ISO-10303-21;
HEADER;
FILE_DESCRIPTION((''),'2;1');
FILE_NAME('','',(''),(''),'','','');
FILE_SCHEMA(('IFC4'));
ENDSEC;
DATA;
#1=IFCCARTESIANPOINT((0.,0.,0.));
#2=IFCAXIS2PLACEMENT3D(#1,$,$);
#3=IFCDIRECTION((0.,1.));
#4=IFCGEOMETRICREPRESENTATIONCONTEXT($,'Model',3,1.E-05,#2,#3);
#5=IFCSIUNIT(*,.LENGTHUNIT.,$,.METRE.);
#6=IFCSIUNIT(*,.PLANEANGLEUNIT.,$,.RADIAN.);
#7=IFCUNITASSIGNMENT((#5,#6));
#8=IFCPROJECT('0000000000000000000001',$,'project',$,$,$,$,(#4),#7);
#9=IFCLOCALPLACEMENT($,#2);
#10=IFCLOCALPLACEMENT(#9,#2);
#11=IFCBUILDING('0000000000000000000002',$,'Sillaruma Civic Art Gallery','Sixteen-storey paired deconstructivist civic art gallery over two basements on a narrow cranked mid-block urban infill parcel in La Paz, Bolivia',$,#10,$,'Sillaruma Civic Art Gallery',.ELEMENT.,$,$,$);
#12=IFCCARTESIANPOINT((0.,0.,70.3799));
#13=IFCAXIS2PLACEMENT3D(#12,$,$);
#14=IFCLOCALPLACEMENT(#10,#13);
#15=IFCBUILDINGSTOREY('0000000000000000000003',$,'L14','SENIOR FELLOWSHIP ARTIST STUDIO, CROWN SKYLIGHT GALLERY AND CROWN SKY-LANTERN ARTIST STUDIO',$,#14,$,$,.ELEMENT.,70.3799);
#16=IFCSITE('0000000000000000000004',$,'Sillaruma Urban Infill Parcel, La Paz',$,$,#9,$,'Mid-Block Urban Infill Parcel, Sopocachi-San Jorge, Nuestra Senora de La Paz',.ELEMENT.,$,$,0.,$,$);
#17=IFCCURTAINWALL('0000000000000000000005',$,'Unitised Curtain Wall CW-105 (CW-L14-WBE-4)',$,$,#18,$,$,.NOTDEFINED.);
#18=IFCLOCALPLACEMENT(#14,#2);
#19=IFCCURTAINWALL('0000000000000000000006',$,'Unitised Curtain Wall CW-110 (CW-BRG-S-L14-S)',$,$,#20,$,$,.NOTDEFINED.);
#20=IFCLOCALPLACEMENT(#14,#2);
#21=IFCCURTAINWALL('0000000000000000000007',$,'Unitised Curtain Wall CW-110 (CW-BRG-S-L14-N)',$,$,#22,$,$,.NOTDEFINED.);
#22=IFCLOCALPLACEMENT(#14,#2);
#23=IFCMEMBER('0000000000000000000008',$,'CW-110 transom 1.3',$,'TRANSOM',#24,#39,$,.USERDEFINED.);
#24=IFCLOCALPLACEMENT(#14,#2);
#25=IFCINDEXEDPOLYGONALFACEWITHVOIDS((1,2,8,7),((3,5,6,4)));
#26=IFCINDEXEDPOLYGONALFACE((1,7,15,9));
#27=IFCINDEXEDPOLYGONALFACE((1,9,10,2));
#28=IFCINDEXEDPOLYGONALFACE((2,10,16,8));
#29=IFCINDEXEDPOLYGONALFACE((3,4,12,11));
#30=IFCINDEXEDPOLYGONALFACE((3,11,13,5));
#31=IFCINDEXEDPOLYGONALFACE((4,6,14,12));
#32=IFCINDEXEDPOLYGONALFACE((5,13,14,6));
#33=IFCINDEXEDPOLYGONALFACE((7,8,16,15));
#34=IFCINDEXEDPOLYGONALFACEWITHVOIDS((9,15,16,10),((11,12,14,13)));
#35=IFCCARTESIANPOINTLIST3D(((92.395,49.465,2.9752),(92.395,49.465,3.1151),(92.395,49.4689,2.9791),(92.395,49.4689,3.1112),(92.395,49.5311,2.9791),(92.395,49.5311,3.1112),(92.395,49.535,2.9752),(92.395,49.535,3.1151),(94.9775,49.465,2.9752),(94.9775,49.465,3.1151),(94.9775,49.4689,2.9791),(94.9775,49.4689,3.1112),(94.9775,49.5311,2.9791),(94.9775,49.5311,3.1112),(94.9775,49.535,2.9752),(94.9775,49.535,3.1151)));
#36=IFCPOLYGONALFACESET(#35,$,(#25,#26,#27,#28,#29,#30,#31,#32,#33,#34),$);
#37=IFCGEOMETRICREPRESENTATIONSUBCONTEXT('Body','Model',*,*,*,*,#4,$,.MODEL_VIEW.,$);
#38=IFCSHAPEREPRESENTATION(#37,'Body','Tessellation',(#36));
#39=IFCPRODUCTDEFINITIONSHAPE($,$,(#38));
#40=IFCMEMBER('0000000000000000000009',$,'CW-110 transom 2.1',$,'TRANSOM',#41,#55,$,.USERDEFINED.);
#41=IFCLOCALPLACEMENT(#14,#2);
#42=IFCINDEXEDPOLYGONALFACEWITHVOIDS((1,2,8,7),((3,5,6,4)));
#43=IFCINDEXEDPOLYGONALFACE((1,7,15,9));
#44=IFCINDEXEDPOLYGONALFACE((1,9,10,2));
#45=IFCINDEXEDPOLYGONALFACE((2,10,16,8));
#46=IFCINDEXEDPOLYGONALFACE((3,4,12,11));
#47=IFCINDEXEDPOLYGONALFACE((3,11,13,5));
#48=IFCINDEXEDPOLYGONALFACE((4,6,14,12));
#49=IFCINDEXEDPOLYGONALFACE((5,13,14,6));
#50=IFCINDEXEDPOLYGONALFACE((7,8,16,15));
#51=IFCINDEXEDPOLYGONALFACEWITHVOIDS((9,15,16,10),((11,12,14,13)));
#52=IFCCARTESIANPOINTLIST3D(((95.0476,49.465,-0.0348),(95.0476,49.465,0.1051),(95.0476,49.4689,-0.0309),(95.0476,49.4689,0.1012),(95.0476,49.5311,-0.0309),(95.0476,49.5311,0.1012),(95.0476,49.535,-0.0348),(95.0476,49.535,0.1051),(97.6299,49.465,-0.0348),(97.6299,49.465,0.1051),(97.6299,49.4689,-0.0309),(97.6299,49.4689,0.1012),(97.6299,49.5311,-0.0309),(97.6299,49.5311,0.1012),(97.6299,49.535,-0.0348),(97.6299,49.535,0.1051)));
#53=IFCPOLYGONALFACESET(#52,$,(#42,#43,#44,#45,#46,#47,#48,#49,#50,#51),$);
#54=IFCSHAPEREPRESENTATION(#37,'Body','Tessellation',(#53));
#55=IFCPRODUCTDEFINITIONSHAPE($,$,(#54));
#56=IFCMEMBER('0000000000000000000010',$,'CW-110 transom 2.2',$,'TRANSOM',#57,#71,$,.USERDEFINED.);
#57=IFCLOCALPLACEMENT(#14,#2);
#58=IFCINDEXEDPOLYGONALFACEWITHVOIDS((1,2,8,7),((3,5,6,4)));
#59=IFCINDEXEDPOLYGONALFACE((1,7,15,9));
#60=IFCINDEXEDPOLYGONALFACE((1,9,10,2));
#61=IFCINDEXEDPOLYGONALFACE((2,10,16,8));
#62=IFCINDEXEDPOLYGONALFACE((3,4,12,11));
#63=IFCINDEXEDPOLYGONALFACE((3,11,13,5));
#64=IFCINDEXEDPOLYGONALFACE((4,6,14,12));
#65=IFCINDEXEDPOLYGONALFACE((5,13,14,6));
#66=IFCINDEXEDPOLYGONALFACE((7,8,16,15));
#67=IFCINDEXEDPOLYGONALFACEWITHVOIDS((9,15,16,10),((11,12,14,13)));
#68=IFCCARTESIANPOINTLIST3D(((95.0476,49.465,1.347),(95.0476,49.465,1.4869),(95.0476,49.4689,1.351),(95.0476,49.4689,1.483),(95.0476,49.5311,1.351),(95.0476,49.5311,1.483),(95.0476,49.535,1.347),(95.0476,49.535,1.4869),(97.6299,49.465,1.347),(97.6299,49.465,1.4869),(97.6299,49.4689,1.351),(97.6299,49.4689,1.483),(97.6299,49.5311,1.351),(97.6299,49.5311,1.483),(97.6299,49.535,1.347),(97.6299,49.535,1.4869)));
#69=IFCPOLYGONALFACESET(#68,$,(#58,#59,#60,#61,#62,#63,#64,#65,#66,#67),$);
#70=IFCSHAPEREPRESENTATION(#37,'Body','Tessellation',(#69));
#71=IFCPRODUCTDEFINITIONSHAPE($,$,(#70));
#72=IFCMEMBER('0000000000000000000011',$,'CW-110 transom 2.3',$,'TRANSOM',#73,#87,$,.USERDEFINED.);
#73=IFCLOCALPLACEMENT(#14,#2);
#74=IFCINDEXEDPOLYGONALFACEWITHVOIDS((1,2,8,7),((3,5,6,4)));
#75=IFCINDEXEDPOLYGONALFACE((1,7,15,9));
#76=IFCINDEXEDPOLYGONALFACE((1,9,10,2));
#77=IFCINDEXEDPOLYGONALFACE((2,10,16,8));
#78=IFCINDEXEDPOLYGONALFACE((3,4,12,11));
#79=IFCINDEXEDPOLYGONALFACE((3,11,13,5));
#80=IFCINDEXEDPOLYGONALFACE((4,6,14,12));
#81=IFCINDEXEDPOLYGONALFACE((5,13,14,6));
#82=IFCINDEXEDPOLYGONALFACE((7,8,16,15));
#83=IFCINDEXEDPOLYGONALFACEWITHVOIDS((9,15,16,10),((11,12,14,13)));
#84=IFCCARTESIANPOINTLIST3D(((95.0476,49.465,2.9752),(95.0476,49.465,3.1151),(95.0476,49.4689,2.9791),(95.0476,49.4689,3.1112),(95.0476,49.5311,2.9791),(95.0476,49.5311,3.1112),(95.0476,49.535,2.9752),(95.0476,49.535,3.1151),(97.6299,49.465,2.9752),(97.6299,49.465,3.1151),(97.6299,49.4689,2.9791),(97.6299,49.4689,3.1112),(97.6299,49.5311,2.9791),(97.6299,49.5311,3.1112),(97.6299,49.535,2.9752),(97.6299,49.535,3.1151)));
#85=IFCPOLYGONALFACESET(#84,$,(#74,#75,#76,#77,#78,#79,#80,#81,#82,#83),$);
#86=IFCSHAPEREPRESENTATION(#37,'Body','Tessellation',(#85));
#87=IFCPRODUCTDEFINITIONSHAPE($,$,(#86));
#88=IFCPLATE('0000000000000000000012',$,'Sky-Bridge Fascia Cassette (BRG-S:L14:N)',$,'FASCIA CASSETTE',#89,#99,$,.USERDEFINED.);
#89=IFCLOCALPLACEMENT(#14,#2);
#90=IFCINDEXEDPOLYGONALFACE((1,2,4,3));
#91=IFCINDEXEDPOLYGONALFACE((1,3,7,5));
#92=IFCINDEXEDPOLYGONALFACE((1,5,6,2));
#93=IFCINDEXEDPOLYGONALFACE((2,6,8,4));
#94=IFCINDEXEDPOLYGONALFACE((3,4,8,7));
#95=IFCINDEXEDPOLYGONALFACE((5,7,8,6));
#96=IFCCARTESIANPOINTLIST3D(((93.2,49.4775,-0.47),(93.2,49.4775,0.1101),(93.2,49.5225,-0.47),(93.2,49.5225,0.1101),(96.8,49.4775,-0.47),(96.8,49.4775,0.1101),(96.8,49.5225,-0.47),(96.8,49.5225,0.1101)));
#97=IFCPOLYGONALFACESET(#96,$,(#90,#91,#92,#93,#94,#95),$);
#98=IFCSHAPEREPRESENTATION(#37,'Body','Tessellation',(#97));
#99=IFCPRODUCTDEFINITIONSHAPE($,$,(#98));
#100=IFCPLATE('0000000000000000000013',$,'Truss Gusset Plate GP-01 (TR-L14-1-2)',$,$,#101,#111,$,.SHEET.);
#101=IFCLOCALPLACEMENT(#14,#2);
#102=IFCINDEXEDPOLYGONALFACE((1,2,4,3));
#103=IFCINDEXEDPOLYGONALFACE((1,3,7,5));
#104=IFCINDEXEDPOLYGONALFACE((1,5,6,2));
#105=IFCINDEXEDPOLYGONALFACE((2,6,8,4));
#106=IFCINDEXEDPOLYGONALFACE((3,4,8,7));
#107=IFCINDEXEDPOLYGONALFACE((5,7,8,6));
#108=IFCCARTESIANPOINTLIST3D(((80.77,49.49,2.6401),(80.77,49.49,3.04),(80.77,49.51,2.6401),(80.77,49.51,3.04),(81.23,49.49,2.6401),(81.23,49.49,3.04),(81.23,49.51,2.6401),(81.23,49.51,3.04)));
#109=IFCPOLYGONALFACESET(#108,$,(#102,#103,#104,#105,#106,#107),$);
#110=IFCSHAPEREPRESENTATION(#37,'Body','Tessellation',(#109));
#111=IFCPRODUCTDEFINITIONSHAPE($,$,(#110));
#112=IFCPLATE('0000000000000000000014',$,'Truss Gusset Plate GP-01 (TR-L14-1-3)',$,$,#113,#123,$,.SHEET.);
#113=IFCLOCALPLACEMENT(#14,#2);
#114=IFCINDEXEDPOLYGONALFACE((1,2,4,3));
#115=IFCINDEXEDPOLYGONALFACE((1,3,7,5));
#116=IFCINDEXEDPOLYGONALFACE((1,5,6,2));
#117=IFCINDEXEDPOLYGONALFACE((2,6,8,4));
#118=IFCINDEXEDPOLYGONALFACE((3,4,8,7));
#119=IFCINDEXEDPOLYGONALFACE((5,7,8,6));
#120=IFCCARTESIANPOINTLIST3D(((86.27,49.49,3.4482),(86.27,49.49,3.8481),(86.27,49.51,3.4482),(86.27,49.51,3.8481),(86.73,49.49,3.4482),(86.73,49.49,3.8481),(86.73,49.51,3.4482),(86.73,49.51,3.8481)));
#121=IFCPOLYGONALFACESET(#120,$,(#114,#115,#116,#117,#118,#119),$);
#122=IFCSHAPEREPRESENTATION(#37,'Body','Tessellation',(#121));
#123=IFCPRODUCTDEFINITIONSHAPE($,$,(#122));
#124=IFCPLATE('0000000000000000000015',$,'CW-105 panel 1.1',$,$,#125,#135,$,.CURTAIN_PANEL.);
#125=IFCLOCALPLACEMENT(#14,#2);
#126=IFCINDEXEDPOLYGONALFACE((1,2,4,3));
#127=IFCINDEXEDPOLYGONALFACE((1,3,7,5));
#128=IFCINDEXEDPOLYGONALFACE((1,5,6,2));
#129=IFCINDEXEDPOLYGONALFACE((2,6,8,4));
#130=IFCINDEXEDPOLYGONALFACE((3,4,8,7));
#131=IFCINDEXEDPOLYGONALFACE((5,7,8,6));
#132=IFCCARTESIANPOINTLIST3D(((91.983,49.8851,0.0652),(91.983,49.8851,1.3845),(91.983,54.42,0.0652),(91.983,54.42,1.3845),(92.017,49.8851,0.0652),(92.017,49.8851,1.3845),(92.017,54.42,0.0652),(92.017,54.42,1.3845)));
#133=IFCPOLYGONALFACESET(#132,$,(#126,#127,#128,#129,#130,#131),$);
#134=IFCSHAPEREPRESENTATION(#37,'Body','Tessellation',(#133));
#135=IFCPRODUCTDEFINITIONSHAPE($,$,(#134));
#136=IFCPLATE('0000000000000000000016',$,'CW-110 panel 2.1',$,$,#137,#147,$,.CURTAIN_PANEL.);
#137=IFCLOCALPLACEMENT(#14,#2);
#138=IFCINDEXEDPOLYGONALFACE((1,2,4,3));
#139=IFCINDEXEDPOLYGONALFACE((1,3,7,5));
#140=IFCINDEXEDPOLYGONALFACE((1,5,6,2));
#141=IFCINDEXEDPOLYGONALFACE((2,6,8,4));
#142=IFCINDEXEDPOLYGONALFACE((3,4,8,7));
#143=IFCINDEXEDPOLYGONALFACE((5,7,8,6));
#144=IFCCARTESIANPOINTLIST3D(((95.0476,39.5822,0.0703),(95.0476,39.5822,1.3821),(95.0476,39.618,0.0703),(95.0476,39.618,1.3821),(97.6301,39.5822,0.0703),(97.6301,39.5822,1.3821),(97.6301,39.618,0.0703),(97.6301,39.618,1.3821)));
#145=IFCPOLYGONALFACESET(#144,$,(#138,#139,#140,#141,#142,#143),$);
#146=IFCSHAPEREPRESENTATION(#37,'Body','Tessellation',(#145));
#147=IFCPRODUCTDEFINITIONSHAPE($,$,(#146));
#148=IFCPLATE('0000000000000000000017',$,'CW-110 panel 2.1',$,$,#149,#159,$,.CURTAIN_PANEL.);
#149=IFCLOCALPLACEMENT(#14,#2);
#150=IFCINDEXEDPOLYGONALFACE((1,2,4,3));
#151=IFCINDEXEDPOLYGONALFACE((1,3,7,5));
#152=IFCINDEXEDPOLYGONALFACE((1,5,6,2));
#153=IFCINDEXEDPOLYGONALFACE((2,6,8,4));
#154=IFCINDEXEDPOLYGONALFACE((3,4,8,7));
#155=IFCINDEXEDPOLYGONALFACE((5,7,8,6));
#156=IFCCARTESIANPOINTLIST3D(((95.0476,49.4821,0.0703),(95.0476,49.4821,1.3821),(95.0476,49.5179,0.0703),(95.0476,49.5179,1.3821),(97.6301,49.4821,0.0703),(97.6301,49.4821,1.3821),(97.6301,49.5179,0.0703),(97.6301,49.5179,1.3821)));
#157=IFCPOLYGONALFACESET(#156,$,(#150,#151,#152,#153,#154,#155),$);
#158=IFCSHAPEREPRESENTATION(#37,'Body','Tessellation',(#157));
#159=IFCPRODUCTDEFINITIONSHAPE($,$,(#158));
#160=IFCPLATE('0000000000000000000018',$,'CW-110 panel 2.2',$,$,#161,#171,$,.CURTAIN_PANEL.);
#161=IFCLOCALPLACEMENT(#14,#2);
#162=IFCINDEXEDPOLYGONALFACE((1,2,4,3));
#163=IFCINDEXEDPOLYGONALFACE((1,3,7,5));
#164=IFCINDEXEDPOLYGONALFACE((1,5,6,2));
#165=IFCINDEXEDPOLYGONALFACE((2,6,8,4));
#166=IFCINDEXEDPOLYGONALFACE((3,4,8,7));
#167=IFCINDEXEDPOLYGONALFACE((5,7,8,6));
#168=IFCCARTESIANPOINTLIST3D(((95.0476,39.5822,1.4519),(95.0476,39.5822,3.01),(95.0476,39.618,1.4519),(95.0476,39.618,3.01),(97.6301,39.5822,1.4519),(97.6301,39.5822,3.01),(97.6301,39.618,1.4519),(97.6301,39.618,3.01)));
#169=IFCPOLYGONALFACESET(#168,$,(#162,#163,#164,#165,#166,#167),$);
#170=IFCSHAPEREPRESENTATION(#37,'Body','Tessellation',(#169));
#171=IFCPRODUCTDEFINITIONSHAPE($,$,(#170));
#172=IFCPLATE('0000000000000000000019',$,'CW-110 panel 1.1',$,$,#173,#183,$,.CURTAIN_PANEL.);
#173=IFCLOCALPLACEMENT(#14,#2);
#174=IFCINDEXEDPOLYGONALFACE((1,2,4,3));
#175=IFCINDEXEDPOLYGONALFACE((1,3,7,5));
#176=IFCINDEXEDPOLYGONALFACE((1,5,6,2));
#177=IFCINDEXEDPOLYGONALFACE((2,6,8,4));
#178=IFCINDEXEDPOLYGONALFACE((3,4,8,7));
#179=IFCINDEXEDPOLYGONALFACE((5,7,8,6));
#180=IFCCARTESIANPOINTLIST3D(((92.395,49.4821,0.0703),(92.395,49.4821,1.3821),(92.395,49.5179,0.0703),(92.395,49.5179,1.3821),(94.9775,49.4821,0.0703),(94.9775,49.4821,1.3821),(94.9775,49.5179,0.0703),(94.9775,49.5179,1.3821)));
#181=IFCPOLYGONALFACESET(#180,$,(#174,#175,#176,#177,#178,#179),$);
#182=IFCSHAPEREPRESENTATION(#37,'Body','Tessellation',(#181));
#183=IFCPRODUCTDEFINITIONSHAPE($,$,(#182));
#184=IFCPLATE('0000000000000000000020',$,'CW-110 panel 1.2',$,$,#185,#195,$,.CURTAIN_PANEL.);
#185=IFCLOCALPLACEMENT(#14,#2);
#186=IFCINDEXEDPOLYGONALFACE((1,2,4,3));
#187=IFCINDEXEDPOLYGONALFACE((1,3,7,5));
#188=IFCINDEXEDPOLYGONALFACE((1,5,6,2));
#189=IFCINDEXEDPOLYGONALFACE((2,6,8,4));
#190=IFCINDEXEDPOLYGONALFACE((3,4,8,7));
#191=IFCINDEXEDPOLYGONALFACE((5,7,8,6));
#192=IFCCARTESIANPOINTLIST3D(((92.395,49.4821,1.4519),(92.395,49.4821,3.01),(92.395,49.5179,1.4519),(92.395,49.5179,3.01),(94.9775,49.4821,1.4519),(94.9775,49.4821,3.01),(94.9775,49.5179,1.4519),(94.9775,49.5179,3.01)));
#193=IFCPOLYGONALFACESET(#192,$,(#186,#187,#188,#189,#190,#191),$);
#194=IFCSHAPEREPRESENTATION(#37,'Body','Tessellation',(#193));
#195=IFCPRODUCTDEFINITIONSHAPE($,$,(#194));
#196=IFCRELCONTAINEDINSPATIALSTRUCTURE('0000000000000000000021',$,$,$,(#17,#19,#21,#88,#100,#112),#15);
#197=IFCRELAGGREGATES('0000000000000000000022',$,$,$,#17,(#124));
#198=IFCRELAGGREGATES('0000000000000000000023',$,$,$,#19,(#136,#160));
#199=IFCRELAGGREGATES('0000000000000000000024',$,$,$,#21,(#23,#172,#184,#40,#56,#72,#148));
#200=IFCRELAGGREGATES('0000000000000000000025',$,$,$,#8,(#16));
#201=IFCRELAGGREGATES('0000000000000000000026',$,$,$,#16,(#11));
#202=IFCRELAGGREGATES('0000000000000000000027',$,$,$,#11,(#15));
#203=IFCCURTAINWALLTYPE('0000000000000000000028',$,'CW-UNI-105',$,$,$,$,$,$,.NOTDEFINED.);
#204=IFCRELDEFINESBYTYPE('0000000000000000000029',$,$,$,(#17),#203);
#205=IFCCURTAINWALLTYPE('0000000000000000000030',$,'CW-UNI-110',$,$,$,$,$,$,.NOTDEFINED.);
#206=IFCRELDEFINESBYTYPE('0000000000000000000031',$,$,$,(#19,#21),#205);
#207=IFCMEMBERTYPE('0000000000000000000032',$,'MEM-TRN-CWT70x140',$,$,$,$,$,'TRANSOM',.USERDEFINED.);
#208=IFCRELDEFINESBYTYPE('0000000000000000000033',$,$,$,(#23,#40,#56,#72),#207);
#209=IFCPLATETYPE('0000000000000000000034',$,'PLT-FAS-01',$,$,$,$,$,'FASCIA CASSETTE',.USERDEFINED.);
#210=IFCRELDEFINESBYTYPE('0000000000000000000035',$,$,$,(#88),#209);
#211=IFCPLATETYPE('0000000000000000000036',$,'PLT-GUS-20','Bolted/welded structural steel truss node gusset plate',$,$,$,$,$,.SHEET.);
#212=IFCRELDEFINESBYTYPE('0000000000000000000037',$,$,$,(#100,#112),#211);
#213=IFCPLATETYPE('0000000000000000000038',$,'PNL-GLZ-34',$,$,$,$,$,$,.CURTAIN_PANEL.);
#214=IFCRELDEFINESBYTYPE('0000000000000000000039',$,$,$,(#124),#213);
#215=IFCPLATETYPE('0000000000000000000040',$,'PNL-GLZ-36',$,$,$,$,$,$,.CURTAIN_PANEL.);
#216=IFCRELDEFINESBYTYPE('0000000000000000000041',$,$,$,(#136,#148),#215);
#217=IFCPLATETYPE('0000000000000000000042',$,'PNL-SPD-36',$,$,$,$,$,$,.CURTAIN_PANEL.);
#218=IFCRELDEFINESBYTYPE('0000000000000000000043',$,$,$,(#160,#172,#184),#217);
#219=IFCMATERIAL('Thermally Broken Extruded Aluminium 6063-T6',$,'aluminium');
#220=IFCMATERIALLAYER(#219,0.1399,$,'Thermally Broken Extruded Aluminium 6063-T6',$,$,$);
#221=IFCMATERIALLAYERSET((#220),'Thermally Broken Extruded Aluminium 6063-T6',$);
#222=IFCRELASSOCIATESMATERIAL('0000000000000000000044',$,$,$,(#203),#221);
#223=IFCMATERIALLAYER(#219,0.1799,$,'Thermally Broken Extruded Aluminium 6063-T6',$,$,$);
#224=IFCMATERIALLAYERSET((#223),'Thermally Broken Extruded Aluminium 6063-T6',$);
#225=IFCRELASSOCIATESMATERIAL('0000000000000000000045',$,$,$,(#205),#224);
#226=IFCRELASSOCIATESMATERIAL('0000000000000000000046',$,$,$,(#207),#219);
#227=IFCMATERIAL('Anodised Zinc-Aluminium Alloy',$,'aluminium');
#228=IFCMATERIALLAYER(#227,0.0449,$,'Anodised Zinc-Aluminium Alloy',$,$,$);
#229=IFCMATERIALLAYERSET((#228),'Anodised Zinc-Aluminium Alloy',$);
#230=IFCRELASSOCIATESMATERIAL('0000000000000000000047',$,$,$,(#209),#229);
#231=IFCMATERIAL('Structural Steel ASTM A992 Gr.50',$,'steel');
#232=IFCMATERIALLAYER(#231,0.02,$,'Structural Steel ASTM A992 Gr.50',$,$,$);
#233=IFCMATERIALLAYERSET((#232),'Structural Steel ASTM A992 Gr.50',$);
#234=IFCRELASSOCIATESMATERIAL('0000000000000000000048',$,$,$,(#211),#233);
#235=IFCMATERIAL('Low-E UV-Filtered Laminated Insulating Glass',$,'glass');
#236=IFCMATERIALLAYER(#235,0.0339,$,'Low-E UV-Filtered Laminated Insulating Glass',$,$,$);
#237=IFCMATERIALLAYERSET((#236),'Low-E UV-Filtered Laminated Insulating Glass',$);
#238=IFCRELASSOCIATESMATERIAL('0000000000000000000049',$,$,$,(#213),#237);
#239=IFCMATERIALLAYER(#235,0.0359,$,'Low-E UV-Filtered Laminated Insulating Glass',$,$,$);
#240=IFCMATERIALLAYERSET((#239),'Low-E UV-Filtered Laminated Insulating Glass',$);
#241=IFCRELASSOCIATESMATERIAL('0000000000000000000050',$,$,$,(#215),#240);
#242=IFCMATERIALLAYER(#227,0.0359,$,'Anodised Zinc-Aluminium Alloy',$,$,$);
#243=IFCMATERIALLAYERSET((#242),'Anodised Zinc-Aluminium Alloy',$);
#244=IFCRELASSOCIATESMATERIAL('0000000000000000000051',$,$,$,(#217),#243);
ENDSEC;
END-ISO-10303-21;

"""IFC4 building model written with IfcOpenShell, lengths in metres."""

from ifc_helpers import new_model, si_unit, direction, frame, origin, origin_2d, place, context, subcontext, project, spatial, rectangle, hollow_rectangle, extrude, material, layer, layer_set, material_profile, profile_set, type_object, element, aggregate, save


model = new_model("IFC4")

# Units and contexts
model_context = context("Model", 3, precision=1e-05, world=origin(), true_north=direction((0.0, 1.0)))
body_context = subcontext(model_context, "Body", "Model", "MODEL_VIEW")
ifc_project = project(units=[si_unit("LENGTHUNIT", "METRE"), si_unit("PLANEANGLEUNIT", "RADIAN")], contexts=[model_context])

# Site, building, storey
site_placement = place(None, origin())
site = spatial("IfcSite", under=ifc_project, at=site_placement, Name="Sillaruma Urban Infill Parcel, La Paz", LongName="Mid-Block Urban Infill Parcel, Sopocachi-San Jorge, Nuestra Senora de La Paz", CompositionType="ELEMENT", RefElevation=0.0)
building_placement = place(site_placement, origin())
building = spatial("IfcBuilding", under=site, at=building_placement, Name="Sillaruma Civic Art Gallery", Description="Sixteen-storey paired deconstructivist civic art gallery over two basements on a narrow cranked mid-block urban infill parcel in La Paz, Bolivia", LongName="Sillaruma Civic Art Gallery", CompositionType="ELEMENT")
storey_placement = place(building_placement, frame((0.0, 0.0, 70.3799)))
storey = spatial("IfcBuildingStorey", under=building, at=storey_placement, Name="L14", Description="SENIOR FELLOWSHIP ARTIST STUDIO, CROWN SKYLIGHT GALLERY AND CROWN SKY-LANTERN ARTIST STUDIO", CompositionType="ELEMENT", Elevation=70.3799)

# Shared definitions
ifc_material_1 = material(Name="Structural Steel ASTM A992 Gr.50", Category="steel")

# Curtain walls
ifc_material_2 = material(Name="Thermally Broken Extruded Aluminium 6063-T6", Category="aluminium")
ifc_layer_1 = layer(ifc_material_2, 0.1399, Name="Thermally Broken Extruded Aluminium 6063-T6")
ifc_layer_set_1 = layer_set([ifc_layer_1], Name="Thermally Broken Extruded Aluminium 6063-T6")
curtain_wall_type_1 = type_object("IfcCurtainWallType", Name="CW-UNI-105", PredefinedType="NOTDEFINED", material=ifc_layer_set_1)
curtain_wall_1_placement = place(storey_placement, origin())
curtain_wall_1 = element("IfcCurtainWall", 1, at=curtain_wall_1_placement, inside=storey, type_object=curtain_wall_type_1, Name="Unitised Curtain Wall CW-105 (CW-L14-WBE-4)", PredefinedType="NOTDEFINED")
ifc_layer_2 = layer(ifc_material_2, 0.1799, Name="Thermally Broken Extruded Aluminium 6063-T6")
ifc_layer_set_2 = layer_set([ifc_layer_2], Name="Thermally Broken Extruded Aluminium 6063-T6")
curtain_wall_type_2 = type_object("IfcCurtainWallType", Name="CW-UNI-110", PredefinedType="NOTDEFINED", material=ifc_layer_set_2)
curtain_wall_2_placement = place(storey_placement, origin())
curtain_wall_2 = element("IfcCurtainWall", 2, at=curtain_wall_2_placement, inside=storey, type_object=curtain_wall_type_2, Name="Unitised Curtain Wall CW-110 (CW-BRG-S-L14-S)", PredefinedType="NOTDEFINED")

# Curtain wall
curtain_wall_3_placement = place(storey_placement, origin())
curtain_wall_3 = element("IfcCurtainWall", 3, at=curtain_wall_3_placement, inside=storey, type_object=curtain_wall_type_2, Name="Unitised Curtain Wall CW-110 (CW-BRG-S-L14-N)", PredefinedType="NOTDEFINED")

# Members
ifc_material_profile_1 = material_profile(ifc_material_2, hollow_rectangle(XDim=0.0701, YDim=0.1399, WallThickness=0.0039, at=origin_2d()), Name="CWT70x140")
ifc_profile_set_1 = profile_set([ifc_material_profile_1], Name="Thermally Broken Extruded Aluminium 6063-T6")
member_type_1 = type_object("IfcMemberType", Name="MEM-TRN-CWT70x140", ElementType="TRANSOM", PredefinedType="USERDEFINED", material=ifc_profile_set_1)
member_1_placement = place(storey_placement, frame((92.395, 49.5, 3.0452), z_axis=(1.0, 0.0, 0.0), x_axis=(0.0, 1.0, 0.0)))
member_1 = element("IfcMember", 4, at=member_1_placement, type_object=member_type_1, Name="CW-110 transom 1.3", ObjectType="TRANSOM", PredefinedType="USERDEFINED", context=body_context, shape_type="SweptSolid", body=[
    extrude(hollow_rectangle(XDim=0.0701, YDim=0.1399, WallThickness=0.0039, at=origin_2d()), origin(), (0.0, 0.0, 1.0), 2.5825),
])
member_2_placement = place(storey_placement, frame((95.0476, 49.5, 0.0352), z_axis=(1.0, 0.0, 0.0), x_axis=(0.0, 1.0, 0.0)))
member_2 = element("IfcMember", 5, at=member_2_placement, type_object=member_type_1, Name="CW-110 transom 2.1", ObjectType="TRANSOM", PredefinedType="USERDEFINED", context=body_context, shape_type="SweptSolid", body=[
    extrude(hollow_rectangle(XDim=0.0701, YDim=0.1399, WallThickness=0.0039, at=origin_2d()), origin(), (0.0, 0.0, 1.0), 2.5823),
])
member_3_placement = place(storey_placement, frame((95.0476, 49.5, 1.417), z_axis=(1.0, 0.0, 0.0), x_axis=(0.0, 1.0, 0.0)))
member_3 = element("IfcMember", 6, at=member_3_placement, type_object=member_type_1, Name="CW-110 transom 2.2", ObjectType="TRANSOM", PredefinedType="USERDEFINED", context=body_context, shape_type="SweptSolid", body=[
    extrude(hollow_rectangle(XDim=0.0701, YDim=0.1399, WallThickness=0.0039, at=origin_2d()), origin(), (0.0, 0.0, 1.0), 2.5823),
])
member_4_placement = place(storey_placement, frame((95.0476, 49.5, 3.0452), z_axis=(1.0, 0.0, 0.0), x_axis=(0.0, 1.0, 0.0)))
member_4 = element("IfcMember", 7, at=member_4_placement, type_object=member_type_1, Name="CW-110 transom 2.3", ObjectType="TRANSOM", PredefinedType="USERDEFINED", context=body_context, shape_type="SweptSolid", body=[
    extrude(hollow_rectangle(XDim=0.0701, YDim=0.1399, WallThickness=0.0039, at=origin_2d()), origin(), (0.0, 0.0, 1.0), 2.5823),
])

# Plates
ifc_material_3 = material(Name="Anodised Zinc-Aluminium Alloy", Category="aluminium")
ifc_layer_3 = layer(ifc_material_3, 0.0449, Name="Anodised Zinc-Aluminium Alloy")
ifc_layer_set_3 = layer_set([ifc_layer_3], Name="Anodised Zinc-Aluminium Alloy")
plate_type_1 = type_object("IfcPlateType", Name="PLT-FAS-01", ElementType="FASCIA CASSETTE", PredefinedType="USERDEFINED", material=ifc_layer_set_3)
plate_1_placement = place(storey_placement, frame((95.0, 49.5, -0.47), z_axis=(0.0, 0.0, 1.0), x_axis=(1.0, 0.0, 0.0)))
element("IfcPlate", 8, at=plate_1_placement, inside=storey, type_object=plate_type_1, Name="Sky-Bridge Fascia Cassette (BRG-S:L14:N)", ObjectType="FASCIA CASSETTE", PredefinedType="USERDEFINED", context=body_context, shape_type="SweptSolid", body=[
    extrude(rectangle(XDim=3.6001, YDim=0.0449, at=origin_2d()), origin(), (0.0, 0.0, 1.0), 0.5801),
])
ifc_layer_4 = layer(ifc_material_1, 0.02, Name="Structural Steel ASTM A992 Gr.50")
ifc_layer_set_4 = layer_set([ifc_layer_4], Name="Structural Steel ASTM A992 Gr.50")
plate_type_2 = type_object("IfcPlateType", Name="PLT-GUS-20", Description="Bolted/welded structural steel truss node gusset plate", PredefinedType="SHEET", material=ifc_layer_set_4)
for number, where, z_axis, x_axis, name in (
    (9, (81.0, 49.5, 2.6401), (0.0, 0.0, 1.0), (1.0, 0.0, 0.0), "Truss Gusset Plate GP-01 (TR-L14-1-2)"),
    (10, (86.5, 49.5, 3.4482), (0.0, 0.0, 1.0), (1.0, 0.0, 0.0), "Truss Gusset Plate GP-01 (TR-L14-1-3)"),
):
    element("IfcPlate", number, at=place(storey_placement, frame(where, z_axis=z_axis, x_axis=x_axis)), inside=storey, type_object=plate_type_2, Name=name, PredefinedType="SHEET", context=body_context, shape_type="SweptSolid", body=[
        extrude(rectangle(XDim=0.46, YDim=0.02, at=origin_2d()), origin(), (0.0, 0.0, 1.0), 0.3999),
    ])

# Plates
ifc_material_4 = material(Name="Low-E UV-Filtered Laminated Insulating Glass", Category="glass")
ifc_layer_5 = layer(ifc_material_4, 0.0339, Name="Low-E UV-Filtered Laminated Insulating Glass")
ifc_layer_set_5 = layer_set([ifc_layer_5], Name="Low-E UV-Filtered Laminated Insulating Glass")
plate_type_3 = type_object("IfcPlateType", Name="PNL-GLZ-34", PredefinedType="CURTAIN_PANEL", material=ifc_layer_set_5)
plate_2_placement = place(storey_placement, frame((92.0, 52.1526, 0.0652), z_axis=(0.0, 0.0, 1.0), x_axis=(0.0, 1.0, 0.0)))
plate_2 = element("IfcPlate", 11, at=plate_2_placement, type_object=plate_type_3, Name="CW-105 panel 1.1", PredefinedType="CURTAIN_PANEL", context=body_context, shape_type="SweptSolid", body=[
    extrude(rectangle(XDim=4.5349, YDim=0.0339, at=origin_2d()), origin(), (0.0, 0.0, 1.0), 1.3193),
])
aggregate(curtain_wall_1, [plate_2])
ifc_layer_6 = layer(ifc_material_4, 0.0359, Name="Low-E UV-Filtered Laminated Insulating Glass")
ifc_layer_set_6 = layer_set([ifc_layer_6], Name="Low-E UV-Filtered Laminated Insulating Glass")
plate_type_4 = type_object("IfcPlateType", Name="PNL-GLZ-36", PredefinedType="CURTAIN_PANEL", material=ifc_layer_set_6)
plate_3_placement = place(storey_placement, frame((96.3389, 39.6001, 0.0703), z_axis=(0.0, 0.0, 1.0), x_axis=(1.0, 0.0, 0.0)))
plate_3 = element("IfcPlate", 12, at=plate_3_placement, type_object=plate_type_4, Name="CW-110 panel 2.1", PredefinedType="CURTAIN_PANEL", context=body_context, shape_type="SweptSolid", body=[
    extrude(rectangle(XDim=2.5825, YDim=0.0359, at=origin_2d()), origin(), (0.0, 0.0, 1.0), 1.3118),
])
plate_4_placement = place(storey_placement, frame((96.3389, 49.5, 0.0703), z_axis=(0.0, 0.0, 1.0), x_axis=(1.0, 0.0, 0.0)))
plate_4 = element("IfcPlate", 13, at=plate_4_placement, type_object=plate_type_4, Name="CW-110 panel 2.1", PredefinedType="CURTAIN_PANEL", context=body_context, shape_type="SweptSolid", body=[
    extrude(rectangle(XDim=2.5825, YDim=0.0359, at=origin_2d()), origin(), (0.0, 0.0, 1.0), 1.3118),
])
ifc_layer_7 = layer(ifc_material_3, 0.0359, Name="Anodised Zinc-Aluminium Alloy")
ifc_layer_set_7 = layer_set([ifc_layer_7], Name="Anodised Zinc-Aluminium Alloy")
plate_type_5 = type_object("IfcPlateType", Name="PNL-SPD-36", PredefinedType="CURTAIN_PANEL", material=ifc_layer_set_7)
plate_5_placement = place(storey_placement, frame((96.3389, 39.6001, 1.4519), z_axis=(0.0, 0.0, 1.0), x_axis=(1.0, 0.0, 0.0)))
plate_5 = element("IfcPlate", 14, at=plate_5_placement, type_object=plate_type_5, Name="CW-110 panel 2.2", PredefinedType="CURTAIN_PANEL", context=body_context, shape_type="SweptSolid", body=[
    extrude(rectangle(XDim=2.5825, YDim=0.0359, at=origin_2d()), origin(), (0.0, 0.0, 1.0), 1.5581),
])
aggregate(curtain_wall_2, [plate_3, plate_5])
plate_6_placement = place(storey_placement, frame((93.6863, 49.5, 0.0703), z_axis=(0.0, 0.0, 1.0), x_axis=(1.0, 0.0, 0.0)))
plate_6 = element("IfcPlate", 15, at=plate_6_placement, type_object=plate_type_5, Name="CW-110 panel 1.1", PredefinedType="CURTAIN_PANEL", context=body_context, shape_type="SweptSolid", body=[
    extrude(rectangle(XDim=2.5825, YDim=0.0359, at=origin_2d()), origin(), (0.0, 0.0, 1.0), 1.3118),
])
plate_7_placement = place(storey_placement, frame((93.6863, 49.5, 1.4519), z_axis=(0.0, 0.0, 1.0), x_axis=(1.0, 0.0, 0.0)))
plate_7 = element("IfcPlate", 16, at=plate_7_placement, type_object=plate_type_5, Name="CW-110 panel 1.2", PredefinedType="CURTAIN_PANEL", context=body_context, shape_type="SweptSolid", body=[
    extrude(rectangle(XDim=2.5825, YDim=0.0359, at=origin_2d()), origin(), (0.0, 0.0, 1.0), 1.5581),
])
aggregate(curtain_wall_3, [member_1, plate_6, plate_7, member_2, member_3, member_4, plate_4])

save(model, "model.ifc")
